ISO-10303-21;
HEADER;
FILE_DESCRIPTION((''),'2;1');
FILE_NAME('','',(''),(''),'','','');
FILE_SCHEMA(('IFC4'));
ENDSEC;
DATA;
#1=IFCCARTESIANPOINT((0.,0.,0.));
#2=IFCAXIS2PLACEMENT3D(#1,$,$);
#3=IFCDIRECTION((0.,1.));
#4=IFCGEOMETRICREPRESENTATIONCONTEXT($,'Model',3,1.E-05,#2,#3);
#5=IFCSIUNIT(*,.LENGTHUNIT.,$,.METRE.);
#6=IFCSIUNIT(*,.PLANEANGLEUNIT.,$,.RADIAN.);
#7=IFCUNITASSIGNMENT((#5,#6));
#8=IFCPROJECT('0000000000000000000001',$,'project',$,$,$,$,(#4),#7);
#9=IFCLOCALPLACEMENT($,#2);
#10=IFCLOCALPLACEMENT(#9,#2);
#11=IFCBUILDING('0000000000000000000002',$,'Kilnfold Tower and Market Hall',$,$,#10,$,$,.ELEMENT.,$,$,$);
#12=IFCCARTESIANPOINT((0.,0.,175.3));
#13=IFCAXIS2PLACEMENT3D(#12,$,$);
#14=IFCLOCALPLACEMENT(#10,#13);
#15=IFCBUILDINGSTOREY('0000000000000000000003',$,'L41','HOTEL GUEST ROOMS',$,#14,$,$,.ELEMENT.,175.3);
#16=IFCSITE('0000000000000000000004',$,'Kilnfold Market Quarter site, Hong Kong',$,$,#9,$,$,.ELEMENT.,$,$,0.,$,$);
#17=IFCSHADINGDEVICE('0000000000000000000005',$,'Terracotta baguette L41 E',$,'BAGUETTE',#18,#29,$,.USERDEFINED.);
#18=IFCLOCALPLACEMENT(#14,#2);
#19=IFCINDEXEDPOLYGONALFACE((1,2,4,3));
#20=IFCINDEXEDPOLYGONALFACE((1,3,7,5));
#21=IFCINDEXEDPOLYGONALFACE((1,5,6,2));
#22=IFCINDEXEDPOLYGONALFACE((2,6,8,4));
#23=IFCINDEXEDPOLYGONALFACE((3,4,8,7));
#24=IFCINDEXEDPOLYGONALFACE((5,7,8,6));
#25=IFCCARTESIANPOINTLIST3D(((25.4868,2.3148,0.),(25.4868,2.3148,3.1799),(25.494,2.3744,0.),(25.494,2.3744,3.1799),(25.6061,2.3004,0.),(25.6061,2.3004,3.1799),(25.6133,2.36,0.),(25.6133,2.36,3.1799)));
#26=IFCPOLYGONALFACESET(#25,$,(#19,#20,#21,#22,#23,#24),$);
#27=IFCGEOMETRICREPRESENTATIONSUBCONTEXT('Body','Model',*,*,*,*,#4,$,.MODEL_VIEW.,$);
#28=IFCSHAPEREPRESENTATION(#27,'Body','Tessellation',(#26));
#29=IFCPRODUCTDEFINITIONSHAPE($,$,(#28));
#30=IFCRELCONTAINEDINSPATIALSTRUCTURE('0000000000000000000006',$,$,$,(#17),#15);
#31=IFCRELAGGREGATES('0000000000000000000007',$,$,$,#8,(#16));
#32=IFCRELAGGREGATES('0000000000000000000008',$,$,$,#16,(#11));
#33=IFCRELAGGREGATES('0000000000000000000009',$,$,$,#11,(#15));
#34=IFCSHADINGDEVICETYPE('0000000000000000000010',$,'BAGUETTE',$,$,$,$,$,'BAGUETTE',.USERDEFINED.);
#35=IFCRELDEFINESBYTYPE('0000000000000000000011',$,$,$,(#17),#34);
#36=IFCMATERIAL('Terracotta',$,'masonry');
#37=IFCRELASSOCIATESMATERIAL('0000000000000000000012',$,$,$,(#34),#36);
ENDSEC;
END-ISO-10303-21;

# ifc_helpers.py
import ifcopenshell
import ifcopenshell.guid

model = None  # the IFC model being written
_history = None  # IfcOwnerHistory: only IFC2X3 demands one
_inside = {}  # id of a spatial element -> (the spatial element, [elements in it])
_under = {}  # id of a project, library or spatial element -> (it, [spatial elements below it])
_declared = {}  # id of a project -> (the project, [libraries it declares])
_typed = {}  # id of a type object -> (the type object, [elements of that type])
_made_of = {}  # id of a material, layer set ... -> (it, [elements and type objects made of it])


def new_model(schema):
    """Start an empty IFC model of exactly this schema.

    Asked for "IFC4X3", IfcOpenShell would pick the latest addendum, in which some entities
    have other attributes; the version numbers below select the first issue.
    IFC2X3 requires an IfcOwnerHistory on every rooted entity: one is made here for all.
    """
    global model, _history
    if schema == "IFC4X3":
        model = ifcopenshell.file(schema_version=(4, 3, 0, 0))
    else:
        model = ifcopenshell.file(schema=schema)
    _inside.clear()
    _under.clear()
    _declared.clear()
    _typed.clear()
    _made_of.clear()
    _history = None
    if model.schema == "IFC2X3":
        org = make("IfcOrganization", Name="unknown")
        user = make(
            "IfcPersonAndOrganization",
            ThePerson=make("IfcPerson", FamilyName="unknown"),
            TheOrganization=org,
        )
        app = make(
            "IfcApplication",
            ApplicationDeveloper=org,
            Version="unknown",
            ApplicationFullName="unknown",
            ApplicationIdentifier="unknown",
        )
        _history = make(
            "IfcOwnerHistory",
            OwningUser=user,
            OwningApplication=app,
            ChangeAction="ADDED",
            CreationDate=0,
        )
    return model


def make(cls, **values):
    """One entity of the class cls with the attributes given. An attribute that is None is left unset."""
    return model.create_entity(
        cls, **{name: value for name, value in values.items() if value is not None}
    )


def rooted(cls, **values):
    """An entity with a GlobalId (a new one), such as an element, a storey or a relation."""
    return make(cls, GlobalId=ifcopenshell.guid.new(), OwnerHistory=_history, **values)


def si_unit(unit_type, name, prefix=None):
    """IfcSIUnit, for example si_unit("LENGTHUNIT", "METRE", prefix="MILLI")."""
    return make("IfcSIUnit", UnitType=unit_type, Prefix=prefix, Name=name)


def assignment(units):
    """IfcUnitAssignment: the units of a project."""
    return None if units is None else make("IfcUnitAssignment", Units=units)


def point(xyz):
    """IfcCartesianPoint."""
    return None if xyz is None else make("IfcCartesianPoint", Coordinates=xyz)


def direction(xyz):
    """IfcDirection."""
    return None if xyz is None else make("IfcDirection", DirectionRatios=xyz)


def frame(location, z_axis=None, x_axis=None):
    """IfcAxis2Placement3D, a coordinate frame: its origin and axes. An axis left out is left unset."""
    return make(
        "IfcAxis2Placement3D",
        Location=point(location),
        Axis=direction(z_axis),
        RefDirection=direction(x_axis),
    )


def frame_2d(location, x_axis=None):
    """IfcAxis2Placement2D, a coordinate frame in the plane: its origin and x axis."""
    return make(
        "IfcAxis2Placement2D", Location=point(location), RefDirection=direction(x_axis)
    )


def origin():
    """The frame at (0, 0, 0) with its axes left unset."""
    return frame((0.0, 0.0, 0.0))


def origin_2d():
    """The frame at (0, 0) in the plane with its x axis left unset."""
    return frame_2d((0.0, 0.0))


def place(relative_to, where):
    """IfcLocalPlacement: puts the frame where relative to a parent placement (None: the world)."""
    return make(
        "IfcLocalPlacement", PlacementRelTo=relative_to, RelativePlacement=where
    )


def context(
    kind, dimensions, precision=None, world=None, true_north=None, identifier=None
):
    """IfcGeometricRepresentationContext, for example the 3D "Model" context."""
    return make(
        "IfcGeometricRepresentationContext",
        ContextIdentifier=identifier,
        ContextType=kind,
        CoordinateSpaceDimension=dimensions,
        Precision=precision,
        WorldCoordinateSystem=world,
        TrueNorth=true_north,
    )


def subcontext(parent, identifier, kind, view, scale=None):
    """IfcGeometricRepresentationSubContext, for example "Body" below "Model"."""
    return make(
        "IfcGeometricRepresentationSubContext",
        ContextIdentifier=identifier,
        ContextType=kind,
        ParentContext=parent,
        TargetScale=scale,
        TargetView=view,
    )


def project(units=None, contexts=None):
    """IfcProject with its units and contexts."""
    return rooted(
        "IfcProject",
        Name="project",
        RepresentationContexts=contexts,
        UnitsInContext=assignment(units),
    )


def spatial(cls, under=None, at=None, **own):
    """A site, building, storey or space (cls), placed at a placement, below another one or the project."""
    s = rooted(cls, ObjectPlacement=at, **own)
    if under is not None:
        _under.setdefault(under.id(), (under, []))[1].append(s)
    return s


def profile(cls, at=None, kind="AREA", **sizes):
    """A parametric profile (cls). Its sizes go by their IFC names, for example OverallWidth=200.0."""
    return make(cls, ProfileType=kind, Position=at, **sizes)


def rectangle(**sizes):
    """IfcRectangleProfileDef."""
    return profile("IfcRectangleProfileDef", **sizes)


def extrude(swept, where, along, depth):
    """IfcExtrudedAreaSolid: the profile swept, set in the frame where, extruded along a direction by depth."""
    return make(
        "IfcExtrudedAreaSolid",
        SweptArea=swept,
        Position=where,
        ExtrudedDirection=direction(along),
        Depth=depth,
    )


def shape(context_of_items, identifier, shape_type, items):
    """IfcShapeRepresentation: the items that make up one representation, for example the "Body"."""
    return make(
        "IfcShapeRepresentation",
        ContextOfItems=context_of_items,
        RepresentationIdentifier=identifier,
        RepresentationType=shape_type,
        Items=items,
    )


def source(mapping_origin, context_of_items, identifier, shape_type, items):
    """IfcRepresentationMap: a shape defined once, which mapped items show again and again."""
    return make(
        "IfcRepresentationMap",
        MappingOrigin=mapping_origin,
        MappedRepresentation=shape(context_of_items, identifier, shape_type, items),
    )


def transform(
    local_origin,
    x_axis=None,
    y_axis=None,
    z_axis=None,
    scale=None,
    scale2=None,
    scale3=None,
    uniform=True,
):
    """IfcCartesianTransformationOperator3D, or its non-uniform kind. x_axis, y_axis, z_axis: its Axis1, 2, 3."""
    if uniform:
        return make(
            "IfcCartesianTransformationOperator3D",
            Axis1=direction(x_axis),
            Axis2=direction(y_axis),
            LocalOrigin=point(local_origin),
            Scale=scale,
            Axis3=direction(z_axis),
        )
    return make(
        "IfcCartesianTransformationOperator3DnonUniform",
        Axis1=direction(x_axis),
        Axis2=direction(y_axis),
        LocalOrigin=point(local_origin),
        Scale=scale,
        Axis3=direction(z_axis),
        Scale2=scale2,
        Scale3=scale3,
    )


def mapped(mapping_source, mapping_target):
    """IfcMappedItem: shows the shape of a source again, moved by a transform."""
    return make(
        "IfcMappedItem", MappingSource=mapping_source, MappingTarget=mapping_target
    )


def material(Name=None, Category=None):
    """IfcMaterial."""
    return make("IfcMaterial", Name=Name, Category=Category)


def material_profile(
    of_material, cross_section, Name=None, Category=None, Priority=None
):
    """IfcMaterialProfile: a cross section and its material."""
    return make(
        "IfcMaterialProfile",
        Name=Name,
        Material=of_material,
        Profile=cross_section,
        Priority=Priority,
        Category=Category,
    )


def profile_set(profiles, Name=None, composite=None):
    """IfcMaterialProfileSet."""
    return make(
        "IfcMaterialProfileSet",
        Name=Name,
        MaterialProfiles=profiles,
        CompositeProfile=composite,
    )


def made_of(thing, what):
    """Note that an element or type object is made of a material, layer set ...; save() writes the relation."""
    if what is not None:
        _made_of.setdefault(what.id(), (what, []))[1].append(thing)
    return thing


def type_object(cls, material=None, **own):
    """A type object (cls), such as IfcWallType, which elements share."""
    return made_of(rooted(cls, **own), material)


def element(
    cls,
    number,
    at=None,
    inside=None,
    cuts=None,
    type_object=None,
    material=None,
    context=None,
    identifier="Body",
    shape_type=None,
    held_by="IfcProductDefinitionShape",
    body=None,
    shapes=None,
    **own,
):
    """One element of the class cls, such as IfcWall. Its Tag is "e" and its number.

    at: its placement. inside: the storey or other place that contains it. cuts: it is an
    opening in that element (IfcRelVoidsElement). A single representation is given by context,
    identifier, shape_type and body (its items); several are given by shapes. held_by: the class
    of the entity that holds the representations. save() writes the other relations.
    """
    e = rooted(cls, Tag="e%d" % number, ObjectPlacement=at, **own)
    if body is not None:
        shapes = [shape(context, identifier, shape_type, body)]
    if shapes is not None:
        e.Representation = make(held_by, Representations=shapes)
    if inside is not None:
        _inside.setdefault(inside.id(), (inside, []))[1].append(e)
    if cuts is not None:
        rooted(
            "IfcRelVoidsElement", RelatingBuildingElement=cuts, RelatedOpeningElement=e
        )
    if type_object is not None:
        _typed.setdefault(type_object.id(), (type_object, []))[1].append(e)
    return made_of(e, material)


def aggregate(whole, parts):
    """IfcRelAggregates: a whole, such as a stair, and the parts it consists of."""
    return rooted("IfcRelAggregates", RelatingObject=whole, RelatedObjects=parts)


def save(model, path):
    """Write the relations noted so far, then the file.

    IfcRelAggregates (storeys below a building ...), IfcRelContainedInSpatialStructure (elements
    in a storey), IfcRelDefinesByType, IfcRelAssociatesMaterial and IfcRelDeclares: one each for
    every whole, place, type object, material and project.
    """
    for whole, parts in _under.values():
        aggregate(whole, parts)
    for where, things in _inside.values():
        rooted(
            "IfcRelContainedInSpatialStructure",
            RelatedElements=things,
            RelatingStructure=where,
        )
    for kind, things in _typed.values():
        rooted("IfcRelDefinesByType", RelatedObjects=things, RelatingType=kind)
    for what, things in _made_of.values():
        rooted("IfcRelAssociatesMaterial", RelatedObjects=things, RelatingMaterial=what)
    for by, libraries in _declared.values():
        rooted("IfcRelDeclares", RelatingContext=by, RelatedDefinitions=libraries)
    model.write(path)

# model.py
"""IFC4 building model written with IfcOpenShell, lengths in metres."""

from ifc_helpers import new_model, si_unit, direction, frame, origin, origin_2d, place, context, subcontext, project, spatial, rectangle, extrude, source, transform, mapped, material, material_profile, profile_set, type_object, element, save


model = new_model("IFC4")

# Units and contexts
model_context = context("Model", 3, precision=1e-05, world=origin(), true_north=direction((0.0, 1.0)))
body_context = subcontext(model_context, "Body", "Model", "MODEL_VIEW")
ifc_project = project(units=[si_unit("LENGTHUNIT", "METRE"), si_unit("PLANEANGLEUNIT", "RADIAN")], contexts=[model_context])

# Site, building, storey
site_placement = place(None, origin())
site = spatial("IfcSite", under=ifc_project, at=site_placement, Name="Kilnfold Market Quarter site, Hong Kong", CompositionType="ELEMENT", RefElevation=0.0)
building_placement = place(site_placement, origin())
building = spatial("IfcBuilding", under=site, at=building_placement, Name="Kilnfold Tower and Market Hall", CompositionType="ELEMENT")
storey_placement = place(building_placement, frame((0.0, 0.0, 175.3)))
storey = spatial("IfcBuildingStorey", under=building, at=storey_placement, Name="L41", Description="HOTEL GUEST ROOMS", CompositionType="ELEMENT", Elevation=175.3)

# Shading device
ifc_material_1 = material(Name="Terracotta", Category="masonry")
ifc_material_profile_1 = material_profile(ifc_material_1, rectangle(XDim=0.0601, YDim=0.1201, at=origin_2d()), Name="BAG 60x120")
ifc_profile_set_1 = profile_set([ifc_material_profile_1], Name="Terracotta")
shading_device_type = type_object("IfcShadingDeviceType", Name="BAGUETTE", ElementType="BAGUETTE", PredefinedType="USERDEFINED", material=ifc_profile_set_1)
shared_shape_1 = source(origin(), body_context, "Body", "SweptSolid", [
    extrude(rectangle(XDim=0.0601, YDim=0.1201, at=origin_2d()), origin(), (0.0, 0.0, 1.0), 3.1799),
])
for number, where, z_axis, x_axis, name in (
    (1, (25.55, 2.3374, 0.0), (0.0, 0.0, 1.0), (0.120106, 0.992761, 0.0), "Terracotta baguette L41 E"),
):
    element("IfcShadingDevice", number, at=place(storey_placement, frame(where, z_axis=z_axis, x_axis=x_axis)), inside=storey, type_object=shading_device_type, Name=name, ObjectType="BAGUETTE", PredefinedType="USERDEFINED", context=body_context, shape_type="MappedRepresentation", body=[
        mapped(shared_shape_1, transform((0.0, 0.0, 0.0))),
    ])

save(model, "model.ifc")
